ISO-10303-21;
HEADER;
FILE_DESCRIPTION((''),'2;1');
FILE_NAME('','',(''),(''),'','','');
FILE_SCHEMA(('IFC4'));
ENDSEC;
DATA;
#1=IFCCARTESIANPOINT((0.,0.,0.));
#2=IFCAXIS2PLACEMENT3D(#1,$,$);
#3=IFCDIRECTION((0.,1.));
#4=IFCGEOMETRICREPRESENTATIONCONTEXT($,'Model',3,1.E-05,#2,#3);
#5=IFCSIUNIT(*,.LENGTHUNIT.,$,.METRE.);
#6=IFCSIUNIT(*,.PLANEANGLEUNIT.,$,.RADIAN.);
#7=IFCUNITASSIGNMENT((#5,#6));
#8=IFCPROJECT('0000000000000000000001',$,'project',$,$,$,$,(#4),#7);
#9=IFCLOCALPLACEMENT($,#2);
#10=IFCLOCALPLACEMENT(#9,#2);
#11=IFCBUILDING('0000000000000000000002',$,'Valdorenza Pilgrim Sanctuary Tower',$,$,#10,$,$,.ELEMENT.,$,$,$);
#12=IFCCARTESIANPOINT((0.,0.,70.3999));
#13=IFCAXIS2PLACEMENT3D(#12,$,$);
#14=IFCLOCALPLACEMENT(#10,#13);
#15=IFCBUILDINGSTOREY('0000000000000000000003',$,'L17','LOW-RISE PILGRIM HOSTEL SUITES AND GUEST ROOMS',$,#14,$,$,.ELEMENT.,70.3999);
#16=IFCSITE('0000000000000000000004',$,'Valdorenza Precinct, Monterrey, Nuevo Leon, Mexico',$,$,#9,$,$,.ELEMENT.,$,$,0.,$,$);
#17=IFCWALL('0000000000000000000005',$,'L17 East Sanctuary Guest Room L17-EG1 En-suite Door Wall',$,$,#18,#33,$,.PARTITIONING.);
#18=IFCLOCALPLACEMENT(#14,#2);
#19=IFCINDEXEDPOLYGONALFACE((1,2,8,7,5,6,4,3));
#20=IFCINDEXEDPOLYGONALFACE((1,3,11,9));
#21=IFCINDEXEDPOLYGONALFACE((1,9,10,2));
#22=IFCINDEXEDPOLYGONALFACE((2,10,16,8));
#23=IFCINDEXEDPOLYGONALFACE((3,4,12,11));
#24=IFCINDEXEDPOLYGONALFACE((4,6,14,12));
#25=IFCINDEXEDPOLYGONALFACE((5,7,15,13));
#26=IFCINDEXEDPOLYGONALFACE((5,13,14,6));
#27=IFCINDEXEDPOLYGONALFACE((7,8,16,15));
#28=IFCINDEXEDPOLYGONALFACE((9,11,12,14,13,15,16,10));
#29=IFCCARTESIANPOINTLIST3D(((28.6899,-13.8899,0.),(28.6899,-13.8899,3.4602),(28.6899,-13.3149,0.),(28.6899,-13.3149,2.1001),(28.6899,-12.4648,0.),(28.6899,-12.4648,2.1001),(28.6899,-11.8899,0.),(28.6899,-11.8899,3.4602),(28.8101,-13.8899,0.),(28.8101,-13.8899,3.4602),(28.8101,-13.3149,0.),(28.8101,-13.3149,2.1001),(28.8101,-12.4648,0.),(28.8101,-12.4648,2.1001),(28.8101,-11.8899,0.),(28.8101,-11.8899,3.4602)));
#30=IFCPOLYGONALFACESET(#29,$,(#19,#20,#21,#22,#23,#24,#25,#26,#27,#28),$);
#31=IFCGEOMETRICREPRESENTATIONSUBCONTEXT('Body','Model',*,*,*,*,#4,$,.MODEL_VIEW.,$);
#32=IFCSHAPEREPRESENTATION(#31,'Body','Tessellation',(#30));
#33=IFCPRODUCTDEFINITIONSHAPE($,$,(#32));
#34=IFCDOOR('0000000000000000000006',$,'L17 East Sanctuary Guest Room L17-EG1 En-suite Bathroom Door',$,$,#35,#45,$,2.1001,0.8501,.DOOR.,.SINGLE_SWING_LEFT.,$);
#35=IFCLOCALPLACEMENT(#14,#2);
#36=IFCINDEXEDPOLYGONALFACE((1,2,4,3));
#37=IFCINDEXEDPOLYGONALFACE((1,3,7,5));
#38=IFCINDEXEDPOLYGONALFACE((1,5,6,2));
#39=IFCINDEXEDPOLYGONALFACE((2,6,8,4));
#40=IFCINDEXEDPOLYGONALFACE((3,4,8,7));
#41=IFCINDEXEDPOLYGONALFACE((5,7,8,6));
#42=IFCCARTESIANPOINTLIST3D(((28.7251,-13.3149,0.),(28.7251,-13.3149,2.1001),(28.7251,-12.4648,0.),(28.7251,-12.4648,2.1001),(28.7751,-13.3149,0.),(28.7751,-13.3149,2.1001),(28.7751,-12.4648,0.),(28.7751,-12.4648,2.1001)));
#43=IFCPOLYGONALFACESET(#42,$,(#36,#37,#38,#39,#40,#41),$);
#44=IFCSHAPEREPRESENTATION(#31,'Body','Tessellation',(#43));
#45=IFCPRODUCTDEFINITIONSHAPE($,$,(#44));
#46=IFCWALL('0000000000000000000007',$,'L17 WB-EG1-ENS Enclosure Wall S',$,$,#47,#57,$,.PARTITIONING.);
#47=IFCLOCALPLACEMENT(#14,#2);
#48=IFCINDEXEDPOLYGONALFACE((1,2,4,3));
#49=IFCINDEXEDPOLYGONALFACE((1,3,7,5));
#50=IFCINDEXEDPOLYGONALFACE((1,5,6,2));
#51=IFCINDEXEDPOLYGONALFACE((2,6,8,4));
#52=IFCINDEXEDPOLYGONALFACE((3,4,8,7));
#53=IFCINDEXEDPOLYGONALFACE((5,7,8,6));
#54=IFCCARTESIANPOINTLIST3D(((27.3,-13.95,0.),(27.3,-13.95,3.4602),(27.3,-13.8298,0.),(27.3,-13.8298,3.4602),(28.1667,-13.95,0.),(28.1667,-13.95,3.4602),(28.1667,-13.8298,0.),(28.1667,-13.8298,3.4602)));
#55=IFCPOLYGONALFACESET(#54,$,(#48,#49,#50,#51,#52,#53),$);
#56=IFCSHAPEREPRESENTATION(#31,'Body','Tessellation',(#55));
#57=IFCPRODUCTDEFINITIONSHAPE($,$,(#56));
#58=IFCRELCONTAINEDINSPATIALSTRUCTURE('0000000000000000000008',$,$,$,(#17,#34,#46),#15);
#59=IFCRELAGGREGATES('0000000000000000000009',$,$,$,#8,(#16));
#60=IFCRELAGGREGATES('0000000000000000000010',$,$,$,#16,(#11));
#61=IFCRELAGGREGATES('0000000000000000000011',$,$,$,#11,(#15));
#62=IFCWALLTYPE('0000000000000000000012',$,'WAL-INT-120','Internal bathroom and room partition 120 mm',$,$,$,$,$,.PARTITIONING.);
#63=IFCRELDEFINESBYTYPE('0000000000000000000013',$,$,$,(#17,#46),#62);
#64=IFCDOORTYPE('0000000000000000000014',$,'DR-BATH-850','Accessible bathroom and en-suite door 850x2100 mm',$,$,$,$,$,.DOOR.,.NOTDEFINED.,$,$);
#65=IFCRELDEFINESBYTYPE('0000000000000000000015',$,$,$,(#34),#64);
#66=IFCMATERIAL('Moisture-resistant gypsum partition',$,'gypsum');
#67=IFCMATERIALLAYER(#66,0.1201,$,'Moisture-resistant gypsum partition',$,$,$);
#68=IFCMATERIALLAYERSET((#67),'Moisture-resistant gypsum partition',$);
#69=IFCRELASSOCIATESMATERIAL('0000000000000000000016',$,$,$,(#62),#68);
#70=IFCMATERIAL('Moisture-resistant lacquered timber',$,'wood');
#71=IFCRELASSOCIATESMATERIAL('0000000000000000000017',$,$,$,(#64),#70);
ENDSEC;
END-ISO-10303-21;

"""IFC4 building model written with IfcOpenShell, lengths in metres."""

from ifc_helpers import new_model, si_unit, direction, frame, frame_2d, origin, place, context, subcontext, project, spatial, rectangle, extrude, material, layer, layer_set, type_object, element, fill, save


model = new_model("IFC4")

# Units and contexts
model_context = context("Model", 3, precision=1e-05, world=origin(), true_north=direction((0.0, 1.0)))
body_context = subcontext(model_context, "Body", "Model", "MODEL_VIEW")
ifc_project = project(units=[si_unit("LENGTHUNIT", "METRE"), si_unit("PLANEANGLEUNIT", "RADIAN")], contexts=[model_context])

# Site, building, storey
site_placement = place(None, origin())
site = spatial("IfcSite", under=ifc_project, at=site_placement, Name="Valdorenza Precinct, Monterrey, Nuevo Leon, Mexico", CompositionType="ELEMENT", RefElevation=0.0)
building_placement = place(site_placement, origin())
building = spatial("IfcBuilding", under=site, at=building_placement, Name="Valdorenza Pilgrim Sanctuary Tower", CompositionType="ELEMENT")
storey_placement = place(building_placement, frame((0.0, 0.0, 70.3999)))
storey = spatial("IfcBuildingStorey", under=building, at=storey_placement, Name="L17", Description="LOW-RISE PILGRIM HOSTEL SUITES AND GUEST ROOMS", CompositionType="ELEMENT", Elevation=70.3999)

# Shared definitions
ifc_material_1 = material(Name="Moisture-resistant gypsum partition", Category="gypsum")
ifc_layer_1 = layer(ifc_material_1, 0.1201, Name="Moisture-resistant gypsum partition")
ifc_layer_set_1 = layer_set([ifc_layer_1], Name="Moisture-resistant gypsum partition")
wall_type_1 = type_object("IfcWallType", Name="WAL-INT-120", Description="Internal bathroom and room partition 120 mm", PredefinedType="PARTITIONING", material=ifc_layer_set_1)

# Wall, opening, door
wall_1_placement = place(storey_placement, frame((28.75, -13.8899, 0.0), z_axis=(0.0, 0.0, 1.0), x_axis=(0.0, 1.0, 0.0)))
wall_1 = element("IfcWall", 1, at=wall_1_placement, inside=storey, type_object=wall_type_1, Name="L17 East Sanctuary Guest Room L17-EG1 En-suite Door Wall", PredefinedType="PARTITIONING", context=body_context, shape_type="SweptSolid", body=[
    extrude(rectangle(XDim=2.0, YDim=0.1201, at=frame_2d((1.0, 0.0))), origin(), (0.0, 0.0, 1.0), 3.4602),
])
opening_1_placement = place(wall_1_placement, frame((0.575, 0.0, 0.0)))
opening_1 = element("IfcOpeningElement", 2, at=opening_1_placement, cuts=wall_1, PredefinedType="OPENING", context=body_context, shape_type="SweptSolid", body=[
    extrude(rectangle(XDim=0.8501, YDim=2.1001, at=frame_2d((0.425, 1.05))), frame((0.0, 0.075, 0.0), z_axis=(0.0, -1.0, 0.0), x_axis=(1.0, 0.0, 0.0)), (0.0, 0.0, 1.0), 0.1499),
])
ifc_material_2 = material(Name="Moisture-resistant lacquered timber", Category="wood")
door_type_1 = type_object("IfcDoorType", Name="DR-BATH-850", Description="Accessible bathroom and en-suite door 850x2100 mm", OperationType="NOTDEFINED", PredefinedType="DOOR", material=ifc_material_2)
door_1_placement = place(opening_1_placement, origin())
door_1 = element("IfcDoor", 3, at=door_1_placement, inside=storey, type_object=door_type_1, Name="L17 East Sanctuary Guest Room L17-EG1 En-suite Bathroom Door", OperationType="SINGLE_SWING_LEFT", OverallHeight=2.1001, OverallWidth=0.8501, PredefinedType="DOOR", context=body_context, shape_type="SweptSolid", body=[
    extrude(rectangle(XDim=0.8501, YDim=2.1001, at=frame_2d((0.425, 1.05))), frame((0.0, 0.0249, 0.0), z_axis=(0.0, -1.0, 0.0), x_axis=(1.0, 0.0, 0.0)), (0.0, 0.0, 1.0), 0.05),
])
fill(opening_1, door_1)

# Wall
wall_2_placement = place(storey_placement, frame((27.3, -13.8899, 0.0), z_axis=(0.0, 0.0, 1.0), x_axis=(1.0, 0.0, 0.0)))
element("IfcWall", 4, at=wall_2_placement, inside=storey, type_object=wall_type_1, Name="L17 WB-EG1-ENS Enclosure Wall S", PredefinedType="PARTITIONING", context=body_context, shape_type="SweptSolid", body=[
    extrude(rectangle(XDim=0.8667, YDim=0.1201, at=frame_2d((0.4333, 0.0))), origin(), (0.0, 0.0, 1.0), 3.4602),
])

save(model, "model.ifc")
